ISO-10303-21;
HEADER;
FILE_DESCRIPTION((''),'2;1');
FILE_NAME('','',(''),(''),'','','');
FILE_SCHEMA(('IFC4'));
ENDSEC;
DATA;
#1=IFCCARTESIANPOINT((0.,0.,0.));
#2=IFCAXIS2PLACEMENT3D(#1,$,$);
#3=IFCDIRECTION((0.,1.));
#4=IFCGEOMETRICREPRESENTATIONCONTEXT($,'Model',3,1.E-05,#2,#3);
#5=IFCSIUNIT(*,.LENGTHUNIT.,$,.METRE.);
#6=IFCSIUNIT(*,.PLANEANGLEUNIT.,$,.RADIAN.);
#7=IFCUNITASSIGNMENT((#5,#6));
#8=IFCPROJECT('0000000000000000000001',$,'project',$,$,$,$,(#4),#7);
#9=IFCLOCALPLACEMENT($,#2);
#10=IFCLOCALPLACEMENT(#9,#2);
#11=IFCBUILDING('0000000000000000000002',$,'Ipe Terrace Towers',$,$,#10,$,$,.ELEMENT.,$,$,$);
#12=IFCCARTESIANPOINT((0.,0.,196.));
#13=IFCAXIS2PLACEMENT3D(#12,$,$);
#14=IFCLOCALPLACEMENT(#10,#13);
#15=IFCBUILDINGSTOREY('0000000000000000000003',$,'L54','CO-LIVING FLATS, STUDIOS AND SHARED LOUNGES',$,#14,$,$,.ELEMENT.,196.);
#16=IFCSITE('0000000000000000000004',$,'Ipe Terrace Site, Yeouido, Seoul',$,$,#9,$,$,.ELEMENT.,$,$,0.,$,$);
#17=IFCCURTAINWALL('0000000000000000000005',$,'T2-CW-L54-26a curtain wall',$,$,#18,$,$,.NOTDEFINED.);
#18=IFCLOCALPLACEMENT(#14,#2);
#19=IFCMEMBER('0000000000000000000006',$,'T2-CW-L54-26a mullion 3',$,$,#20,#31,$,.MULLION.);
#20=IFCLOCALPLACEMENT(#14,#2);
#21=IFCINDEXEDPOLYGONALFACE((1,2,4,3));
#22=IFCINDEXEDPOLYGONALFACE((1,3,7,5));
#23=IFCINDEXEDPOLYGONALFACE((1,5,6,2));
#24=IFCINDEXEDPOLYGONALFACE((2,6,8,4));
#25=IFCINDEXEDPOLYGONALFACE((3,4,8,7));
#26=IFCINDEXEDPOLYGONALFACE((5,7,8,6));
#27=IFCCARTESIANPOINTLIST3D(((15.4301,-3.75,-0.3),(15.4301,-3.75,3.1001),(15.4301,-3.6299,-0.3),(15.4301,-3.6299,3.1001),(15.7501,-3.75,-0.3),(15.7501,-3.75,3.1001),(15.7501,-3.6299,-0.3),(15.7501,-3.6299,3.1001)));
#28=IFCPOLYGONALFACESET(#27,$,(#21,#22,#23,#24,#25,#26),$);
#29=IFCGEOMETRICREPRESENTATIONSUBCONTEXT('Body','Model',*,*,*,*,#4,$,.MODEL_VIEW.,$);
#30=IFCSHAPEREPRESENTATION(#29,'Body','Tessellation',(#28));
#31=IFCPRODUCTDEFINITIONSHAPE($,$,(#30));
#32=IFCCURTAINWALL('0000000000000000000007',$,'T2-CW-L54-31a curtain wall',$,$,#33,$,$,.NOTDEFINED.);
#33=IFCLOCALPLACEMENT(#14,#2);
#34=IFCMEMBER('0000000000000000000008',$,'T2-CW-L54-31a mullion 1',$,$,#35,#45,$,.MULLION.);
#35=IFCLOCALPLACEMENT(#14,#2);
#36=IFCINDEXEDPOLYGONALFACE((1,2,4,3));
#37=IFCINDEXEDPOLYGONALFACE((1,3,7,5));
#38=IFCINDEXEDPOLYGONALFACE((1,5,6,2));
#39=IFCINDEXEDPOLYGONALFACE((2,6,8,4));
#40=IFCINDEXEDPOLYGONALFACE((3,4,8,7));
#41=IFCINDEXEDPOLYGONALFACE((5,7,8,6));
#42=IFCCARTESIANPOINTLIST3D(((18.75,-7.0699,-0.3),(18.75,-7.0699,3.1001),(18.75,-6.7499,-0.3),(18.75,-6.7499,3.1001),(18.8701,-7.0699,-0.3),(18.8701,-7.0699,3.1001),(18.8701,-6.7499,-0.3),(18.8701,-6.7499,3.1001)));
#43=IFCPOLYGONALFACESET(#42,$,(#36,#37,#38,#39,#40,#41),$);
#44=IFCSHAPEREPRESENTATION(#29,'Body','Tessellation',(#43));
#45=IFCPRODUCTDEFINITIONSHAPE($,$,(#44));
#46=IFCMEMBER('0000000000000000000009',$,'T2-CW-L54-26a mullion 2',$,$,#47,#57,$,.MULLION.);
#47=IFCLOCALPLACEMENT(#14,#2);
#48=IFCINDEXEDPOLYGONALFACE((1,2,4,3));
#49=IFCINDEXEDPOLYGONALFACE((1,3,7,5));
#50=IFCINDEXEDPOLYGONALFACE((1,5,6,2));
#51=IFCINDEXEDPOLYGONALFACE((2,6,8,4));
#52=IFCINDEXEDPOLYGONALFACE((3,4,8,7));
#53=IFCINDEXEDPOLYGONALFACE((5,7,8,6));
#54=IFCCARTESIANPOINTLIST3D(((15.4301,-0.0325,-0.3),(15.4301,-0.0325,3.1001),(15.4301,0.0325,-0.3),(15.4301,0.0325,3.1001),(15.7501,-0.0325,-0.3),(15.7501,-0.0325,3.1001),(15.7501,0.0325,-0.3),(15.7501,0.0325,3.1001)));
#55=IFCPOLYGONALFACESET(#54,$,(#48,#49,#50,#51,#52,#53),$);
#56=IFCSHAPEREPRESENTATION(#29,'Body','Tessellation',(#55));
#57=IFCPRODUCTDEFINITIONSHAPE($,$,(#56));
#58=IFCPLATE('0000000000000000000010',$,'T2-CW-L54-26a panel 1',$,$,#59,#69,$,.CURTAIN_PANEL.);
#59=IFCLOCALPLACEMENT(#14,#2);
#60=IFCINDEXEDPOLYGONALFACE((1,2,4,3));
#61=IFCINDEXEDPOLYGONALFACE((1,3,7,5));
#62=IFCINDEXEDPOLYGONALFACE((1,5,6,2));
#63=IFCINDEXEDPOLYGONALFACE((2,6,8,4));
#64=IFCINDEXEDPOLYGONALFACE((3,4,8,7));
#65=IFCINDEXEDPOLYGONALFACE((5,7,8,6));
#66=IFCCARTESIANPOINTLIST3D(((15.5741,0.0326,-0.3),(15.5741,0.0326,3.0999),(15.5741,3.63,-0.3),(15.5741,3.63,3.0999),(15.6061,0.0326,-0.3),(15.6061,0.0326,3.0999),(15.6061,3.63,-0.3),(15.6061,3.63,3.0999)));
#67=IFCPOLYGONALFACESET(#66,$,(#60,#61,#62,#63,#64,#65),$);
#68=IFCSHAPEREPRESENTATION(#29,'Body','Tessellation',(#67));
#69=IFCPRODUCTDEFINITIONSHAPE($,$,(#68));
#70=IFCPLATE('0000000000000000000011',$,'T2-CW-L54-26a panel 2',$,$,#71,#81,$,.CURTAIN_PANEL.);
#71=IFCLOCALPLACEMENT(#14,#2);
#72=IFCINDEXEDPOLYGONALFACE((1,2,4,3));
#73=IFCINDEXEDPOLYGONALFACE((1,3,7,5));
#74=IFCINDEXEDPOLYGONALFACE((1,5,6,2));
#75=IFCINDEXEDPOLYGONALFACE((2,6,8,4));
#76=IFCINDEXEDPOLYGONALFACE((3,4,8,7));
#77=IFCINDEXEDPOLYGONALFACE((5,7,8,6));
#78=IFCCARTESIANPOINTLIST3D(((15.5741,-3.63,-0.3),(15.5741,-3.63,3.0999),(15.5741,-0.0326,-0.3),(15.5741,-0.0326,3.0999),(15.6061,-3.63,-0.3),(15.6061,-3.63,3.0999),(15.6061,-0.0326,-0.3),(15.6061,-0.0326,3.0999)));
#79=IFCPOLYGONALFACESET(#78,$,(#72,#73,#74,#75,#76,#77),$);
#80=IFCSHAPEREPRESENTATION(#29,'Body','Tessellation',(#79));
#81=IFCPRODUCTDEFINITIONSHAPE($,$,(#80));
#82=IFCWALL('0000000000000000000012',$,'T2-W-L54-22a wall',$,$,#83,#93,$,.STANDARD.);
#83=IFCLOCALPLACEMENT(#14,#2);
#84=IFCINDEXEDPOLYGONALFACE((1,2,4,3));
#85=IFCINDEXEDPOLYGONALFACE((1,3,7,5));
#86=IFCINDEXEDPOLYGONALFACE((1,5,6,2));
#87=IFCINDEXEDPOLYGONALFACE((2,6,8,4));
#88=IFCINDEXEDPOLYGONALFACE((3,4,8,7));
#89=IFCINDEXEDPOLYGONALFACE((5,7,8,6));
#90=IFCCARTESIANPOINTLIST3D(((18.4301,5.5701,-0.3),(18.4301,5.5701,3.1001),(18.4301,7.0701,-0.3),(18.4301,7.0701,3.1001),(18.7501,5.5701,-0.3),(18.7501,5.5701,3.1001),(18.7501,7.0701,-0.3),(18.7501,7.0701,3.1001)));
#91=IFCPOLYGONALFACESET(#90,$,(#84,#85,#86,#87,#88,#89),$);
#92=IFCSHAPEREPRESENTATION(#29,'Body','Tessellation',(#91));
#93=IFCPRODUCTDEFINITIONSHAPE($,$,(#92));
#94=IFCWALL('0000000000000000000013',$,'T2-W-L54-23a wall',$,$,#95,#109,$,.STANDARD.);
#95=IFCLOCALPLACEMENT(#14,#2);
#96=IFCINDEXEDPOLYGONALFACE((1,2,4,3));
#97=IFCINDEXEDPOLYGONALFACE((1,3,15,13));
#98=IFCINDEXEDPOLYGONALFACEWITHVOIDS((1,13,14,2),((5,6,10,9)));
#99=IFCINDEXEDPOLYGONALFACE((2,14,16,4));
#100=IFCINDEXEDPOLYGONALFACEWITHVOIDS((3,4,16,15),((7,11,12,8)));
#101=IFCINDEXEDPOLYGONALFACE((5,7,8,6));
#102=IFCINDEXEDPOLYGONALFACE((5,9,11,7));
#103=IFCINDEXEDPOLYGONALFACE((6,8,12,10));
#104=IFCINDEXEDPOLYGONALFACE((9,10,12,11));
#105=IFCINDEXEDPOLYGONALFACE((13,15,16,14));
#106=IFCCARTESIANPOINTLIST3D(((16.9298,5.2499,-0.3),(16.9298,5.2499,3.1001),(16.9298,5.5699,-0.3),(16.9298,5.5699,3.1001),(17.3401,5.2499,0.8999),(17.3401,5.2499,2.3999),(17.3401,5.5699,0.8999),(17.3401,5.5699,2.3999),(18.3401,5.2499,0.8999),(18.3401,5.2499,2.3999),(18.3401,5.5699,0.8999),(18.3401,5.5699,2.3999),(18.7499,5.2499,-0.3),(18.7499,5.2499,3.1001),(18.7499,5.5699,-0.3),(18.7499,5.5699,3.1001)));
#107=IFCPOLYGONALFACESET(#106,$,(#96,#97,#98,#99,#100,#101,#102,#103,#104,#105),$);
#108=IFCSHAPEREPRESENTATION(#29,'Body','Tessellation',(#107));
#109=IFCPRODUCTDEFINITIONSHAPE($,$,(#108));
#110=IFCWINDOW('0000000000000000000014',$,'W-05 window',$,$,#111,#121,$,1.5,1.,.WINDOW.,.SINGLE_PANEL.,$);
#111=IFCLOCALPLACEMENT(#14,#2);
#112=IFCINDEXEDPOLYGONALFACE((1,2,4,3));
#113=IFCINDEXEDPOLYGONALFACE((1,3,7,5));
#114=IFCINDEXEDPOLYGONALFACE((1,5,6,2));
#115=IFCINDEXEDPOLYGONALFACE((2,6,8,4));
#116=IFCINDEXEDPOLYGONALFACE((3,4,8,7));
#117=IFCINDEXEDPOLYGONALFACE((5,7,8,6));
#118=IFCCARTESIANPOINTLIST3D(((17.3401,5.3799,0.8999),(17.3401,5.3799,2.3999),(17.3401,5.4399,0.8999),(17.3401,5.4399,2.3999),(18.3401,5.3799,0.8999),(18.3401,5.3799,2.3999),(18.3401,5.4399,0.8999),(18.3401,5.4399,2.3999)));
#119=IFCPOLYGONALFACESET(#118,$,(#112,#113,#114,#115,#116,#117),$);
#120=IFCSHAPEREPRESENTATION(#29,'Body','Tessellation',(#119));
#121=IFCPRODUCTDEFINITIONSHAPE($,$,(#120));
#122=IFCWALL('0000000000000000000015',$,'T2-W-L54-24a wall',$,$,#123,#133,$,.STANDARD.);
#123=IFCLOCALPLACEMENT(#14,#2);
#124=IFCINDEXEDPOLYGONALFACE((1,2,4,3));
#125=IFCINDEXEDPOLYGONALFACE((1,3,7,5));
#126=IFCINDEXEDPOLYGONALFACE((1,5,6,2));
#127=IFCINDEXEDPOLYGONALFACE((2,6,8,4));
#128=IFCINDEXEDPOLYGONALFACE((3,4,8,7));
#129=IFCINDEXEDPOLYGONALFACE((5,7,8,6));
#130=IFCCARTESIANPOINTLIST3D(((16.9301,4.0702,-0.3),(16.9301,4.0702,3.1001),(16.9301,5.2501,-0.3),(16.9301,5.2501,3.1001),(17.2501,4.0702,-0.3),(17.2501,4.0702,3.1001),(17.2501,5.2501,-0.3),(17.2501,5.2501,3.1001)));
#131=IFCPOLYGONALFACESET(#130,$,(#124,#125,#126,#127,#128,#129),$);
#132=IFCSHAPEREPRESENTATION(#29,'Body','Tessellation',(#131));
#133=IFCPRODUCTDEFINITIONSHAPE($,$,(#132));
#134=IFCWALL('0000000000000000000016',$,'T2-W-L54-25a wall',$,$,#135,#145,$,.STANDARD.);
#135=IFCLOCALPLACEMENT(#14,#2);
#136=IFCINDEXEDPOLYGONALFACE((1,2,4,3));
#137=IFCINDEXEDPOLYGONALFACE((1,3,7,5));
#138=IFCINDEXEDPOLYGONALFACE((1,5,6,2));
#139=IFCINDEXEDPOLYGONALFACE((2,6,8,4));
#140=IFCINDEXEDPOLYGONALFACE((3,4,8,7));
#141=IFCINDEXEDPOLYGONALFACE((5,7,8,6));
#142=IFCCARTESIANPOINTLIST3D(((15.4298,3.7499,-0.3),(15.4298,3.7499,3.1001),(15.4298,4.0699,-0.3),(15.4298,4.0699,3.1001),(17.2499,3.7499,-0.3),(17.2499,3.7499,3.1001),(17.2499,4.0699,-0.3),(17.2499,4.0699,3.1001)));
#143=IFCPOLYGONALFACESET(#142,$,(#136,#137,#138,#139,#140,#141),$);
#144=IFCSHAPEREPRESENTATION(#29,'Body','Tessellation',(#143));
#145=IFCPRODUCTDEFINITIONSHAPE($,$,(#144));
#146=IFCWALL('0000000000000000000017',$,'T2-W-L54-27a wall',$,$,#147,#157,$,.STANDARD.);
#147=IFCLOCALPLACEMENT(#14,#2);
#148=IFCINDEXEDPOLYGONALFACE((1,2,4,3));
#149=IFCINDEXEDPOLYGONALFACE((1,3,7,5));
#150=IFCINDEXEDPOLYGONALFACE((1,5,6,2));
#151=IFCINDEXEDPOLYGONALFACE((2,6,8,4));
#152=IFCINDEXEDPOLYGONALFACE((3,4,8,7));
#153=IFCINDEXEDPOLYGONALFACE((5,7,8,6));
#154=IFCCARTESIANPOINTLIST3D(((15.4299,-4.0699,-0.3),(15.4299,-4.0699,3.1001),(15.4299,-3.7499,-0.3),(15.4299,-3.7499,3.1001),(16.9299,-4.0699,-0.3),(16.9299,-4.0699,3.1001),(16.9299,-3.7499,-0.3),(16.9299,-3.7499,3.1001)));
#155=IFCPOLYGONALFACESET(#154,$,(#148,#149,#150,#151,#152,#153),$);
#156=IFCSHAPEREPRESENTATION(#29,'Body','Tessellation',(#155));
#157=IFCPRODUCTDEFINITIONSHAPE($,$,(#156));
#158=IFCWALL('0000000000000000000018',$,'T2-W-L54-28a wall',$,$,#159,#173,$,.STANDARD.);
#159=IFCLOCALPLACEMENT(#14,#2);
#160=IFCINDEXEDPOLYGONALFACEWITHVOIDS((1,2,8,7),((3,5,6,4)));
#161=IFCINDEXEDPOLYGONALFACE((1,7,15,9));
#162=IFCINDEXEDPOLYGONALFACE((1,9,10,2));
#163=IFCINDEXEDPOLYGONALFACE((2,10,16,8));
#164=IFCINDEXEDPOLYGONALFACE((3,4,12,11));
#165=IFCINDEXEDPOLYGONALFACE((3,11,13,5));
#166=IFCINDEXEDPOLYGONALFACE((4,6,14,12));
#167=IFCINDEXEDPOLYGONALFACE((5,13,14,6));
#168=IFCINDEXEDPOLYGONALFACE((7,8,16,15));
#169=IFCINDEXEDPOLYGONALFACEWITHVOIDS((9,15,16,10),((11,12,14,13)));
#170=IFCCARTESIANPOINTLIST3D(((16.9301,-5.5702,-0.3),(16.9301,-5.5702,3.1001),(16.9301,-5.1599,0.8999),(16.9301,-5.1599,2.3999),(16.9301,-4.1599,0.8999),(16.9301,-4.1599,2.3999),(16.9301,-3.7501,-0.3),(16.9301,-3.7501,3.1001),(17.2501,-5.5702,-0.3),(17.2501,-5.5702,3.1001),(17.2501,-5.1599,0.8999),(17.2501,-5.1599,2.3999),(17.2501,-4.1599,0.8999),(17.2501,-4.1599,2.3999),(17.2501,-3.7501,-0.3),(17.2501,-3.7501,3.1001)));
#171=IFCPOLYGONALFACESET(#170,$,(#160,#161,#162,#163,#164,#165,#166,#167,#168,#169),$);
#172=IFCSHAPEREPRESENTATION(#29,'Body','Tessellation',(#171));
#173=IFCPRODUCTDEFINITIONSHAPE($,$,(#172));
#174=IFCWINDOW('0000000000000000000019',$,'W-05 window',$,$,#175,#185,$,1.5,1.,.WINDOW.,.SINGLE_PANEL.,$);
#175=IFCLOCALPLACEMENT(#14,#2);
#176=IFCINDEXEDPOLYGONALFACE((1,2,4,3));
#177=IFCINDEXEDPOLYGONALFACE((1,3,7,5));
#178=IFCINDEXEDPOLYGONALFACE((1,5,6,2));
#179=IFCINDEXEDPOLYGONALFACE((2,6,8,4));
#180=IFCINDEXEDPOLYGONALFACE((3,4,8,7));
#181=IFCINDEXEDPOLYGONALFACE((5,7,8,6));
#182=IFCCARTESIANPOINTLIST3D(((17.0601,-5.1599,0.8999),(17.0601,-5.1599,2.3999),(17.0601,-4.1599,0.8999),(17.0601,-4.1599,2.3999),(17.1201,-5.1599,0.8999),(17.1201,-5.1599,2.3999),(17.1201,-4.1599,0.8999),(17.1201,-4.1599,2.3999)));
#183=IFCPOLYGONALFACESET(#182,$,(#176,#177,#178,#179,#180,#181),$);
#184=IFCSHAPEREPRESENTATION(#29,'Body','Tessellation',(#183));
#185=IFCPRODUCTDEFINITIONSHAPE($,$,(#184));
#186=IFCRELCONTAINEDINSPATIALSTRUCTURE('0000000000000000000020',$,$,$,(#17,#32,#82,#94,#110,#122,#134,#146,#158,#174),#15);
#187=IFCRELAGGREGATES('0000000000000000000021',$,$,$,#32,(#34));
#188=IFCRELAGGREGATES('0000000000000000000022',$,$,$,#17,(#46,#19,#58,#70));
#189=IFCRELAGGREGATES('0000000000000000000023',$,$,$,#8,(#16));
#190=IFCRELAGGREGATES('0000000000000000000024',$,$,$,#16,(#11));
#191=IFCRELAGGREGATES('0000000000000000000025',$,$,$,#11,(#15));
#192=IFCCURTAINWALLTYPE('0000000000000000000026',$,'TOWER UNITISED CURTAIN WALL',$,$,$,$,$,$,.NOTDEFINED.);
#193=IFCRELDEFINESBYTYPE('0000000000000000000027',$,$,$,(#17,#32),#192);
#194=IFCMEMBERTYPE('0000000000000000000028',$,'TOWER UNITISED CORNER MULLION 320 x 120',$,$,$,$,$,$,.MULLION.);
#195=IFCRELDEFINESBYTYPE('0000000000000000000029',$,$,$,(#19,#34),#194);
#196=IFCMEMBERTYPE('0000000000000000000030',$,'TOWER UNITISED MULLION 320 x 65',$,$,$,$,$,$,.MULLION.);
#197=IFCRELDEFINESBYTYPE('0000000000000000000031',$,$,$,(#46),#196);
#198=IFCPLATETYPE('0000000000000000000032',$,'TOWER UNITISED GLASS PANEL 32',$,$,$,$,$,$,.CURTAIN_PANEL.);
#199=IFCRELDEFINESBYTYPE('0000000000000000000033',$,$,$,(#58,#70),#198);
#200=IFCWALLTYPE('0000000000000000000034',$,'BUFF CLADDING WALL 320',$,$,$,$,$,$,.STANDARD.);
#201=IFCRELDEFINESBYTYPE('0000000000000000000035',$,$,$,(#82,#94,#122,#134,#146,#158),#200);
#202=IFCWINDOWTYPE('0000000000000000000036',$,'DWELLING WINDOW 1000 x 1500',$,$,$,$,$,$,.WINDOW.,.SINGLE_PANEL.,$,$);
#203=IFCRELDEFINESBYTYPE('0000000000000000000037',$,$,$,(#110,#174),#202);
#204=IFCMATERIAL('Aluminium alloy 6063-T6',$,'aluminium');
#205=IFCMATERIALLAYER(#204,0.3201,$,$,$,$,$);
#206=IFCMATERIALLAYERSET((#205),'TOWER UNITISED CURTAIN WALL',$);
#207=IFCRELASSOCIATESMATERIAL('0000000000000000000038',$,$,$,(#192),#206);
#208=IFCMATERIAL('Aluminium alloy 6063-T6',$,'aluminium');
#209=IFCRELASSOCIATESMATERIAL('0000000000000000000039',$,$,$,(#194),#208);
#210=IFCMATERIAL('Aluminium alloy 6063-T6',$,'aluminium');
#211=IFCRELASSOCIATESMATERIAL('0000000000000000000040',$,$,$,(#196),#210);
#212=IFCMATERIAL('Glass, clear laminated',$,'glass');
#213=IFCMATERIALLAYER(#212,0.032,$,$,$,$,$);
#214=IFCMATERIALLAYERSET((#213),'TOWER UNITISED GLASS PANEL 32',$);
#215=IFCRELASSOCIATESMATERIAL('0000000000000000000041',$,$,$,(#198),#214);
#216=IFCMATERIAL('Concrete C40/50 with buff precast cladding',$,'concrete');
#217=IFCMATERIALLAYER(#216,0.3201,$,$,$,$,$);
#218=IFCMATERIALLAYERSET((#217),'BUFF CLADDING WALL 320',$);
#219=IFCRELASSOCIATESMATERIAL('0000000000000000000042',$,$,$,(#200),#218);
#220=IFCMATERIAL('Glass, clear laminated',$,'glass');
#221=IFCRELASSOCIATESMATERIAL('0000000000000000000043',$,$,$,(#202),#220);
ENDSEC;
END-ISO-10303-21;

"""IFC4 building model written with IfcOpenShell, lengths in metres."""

from ifc_helpers import new_model, si_unit, direction, frame, frame_2d, origin, origin_2d, place, context, subcontext, project, spatial, rectangle, extrude, material, layer, layer_set, material_profile, profile_set, type_object, element, fill, aggregate, save


model = new_model("IFC4")

# Units and contexts
model_context = context("Model", 3, precision=1e-05, world=origin(), true_north=direction((0.0, 1.0)))
body_context = subcontext(model_context, "Body", "Model", "MODEL_VIEW")
ifc_project = project(units=[si_unit("LENGTHUNIT", "METRE"), si_unit("PLANEANGLEUNIT", "RADIAN")], contexts=[model_context])

# Site, building, storey
site_placement = place(None, origin())
site = spatial("IfcSite", under=ifc_project, at=site_placement, Name="Ipe Terrace Site, Yeouido, Seoul", CompositionType="ELEMENT", RefElevation=0.0)
building_placement = place(site_placement, origin())
building = spatial("IfcBuilding", under=site, at=building_placement, Name="Ipe Terrace Towers", CompositionType="ELEMENT")
storey_placement = place(building_placement, frame((0.0, 0.0, 196.0)))
storey = spatial("IfcBuildingStorey", under=building, at=storey_placement, Name="L54", Description="CO-LIVING FLATS, STUDIOS AND SHARED LOUNGES", CompositionType="ELEMENT", Elevation=196.0)

# Shared definitions
ifc_material_1 = material(Name="Aluminium alloy 6063-T6", Category="aluminium")
ifc_layer_1 = layer(ifc_material_1, 0.3201)
ifc_layer_set_1 = layer_set([ifc_layer_1], Name="TOWER UNITISED CURTAIN WALL")
curtain_wall_type = type_object("IfcCurtainWallType", Name="TOWER UNITISED CURTAIN WALL", PredefinedType="NOTDEFINED", material=ifc_layer_set_1)
ifc_material_2 = material(Name="Aluminium alloy 6063-T6", Category="aluminium")
ifc_material_profile_1 = material_profile(ifc_material_2, rectangle(XDim=0.3201, YDim=0.1201, at=origin_2d()), Name="TOWER UNITISED CORNER MULLION 320 x 120")
ifc_profile_set_1 = profile_set([ifc_material_profile_1], Name="Aluminium alloy 6063-T6")
member_type_1 = type_object("IfcMemberType", Name="TOWER UNITISED CORNER MULLION 320 x 120", PredefinedType="MULLION", material=ifc_profile_set_1)

# Curtain wall, member
curtain_wall_1_placement = place(storey_placement, origin())
curtain_wall_1 = element("IfcCurtainWall", 1, at=curtain_wall_1_placement, inside=storey, type_object=curtain_wall_type, Name="T2-CW-L54-26a curtain wall", PredefinedType="NOTDEFINED")
member_1_placement = place(storey_placement, frame((15.5901, -3.6899, -0.3), z_axis=(0.0, 0.0, 1.0), x_axis=(-1.0, 0.0, 0.0)))
member_1 = element("IfcMember", 2, at=member_1_placement, type_object=member_type_1, Name="T2-CW-L54-26a mullion 3", PredefinedType="MULLION", context=body_context, shape_type="SweptSolid", body=[
    extrude(rectangle(XDim=0.3201, YDim=0.1201, at=origin_2d()), origin(), (0.0, 0.0, 1.0), 3.4001),
])

# Curtain wall, member
curtain_wall_2_placement = place(storey_placement, origin())
curtain_wall_2 = element("IfcCurtainWall", 3, at=curtain_wall_2_placement, inside=storey, type_object=curtain_wall_type, Name="T2-CW-L54-31a curtain wall", PredefinedType="NOTDEFINED")
member_2_placement = place(storey_placement, frame((18.8101, -6.9099, -0.3), z_axis=(0.0, 0.0, 1.0), x_axis=(0.0, -1.0, 0.0)))
member_2 = element("IfcMember", 4, at=member_2_placement, type_object=member_type_1, Name="T2-CW-L54-31a mullion 1", PredefinedType="MULLION", context=body_context, shape_type="SweptSolid", body=[
    extrude(rectangle(XDim=0.3201, YDim=0.1201, at=origin_2d()), origin(), (0.0, 0.0, 1.0), 3.4001),
])
aggregate(curtain_wall_2, [member_2])

# Member
ifc_material_3 = material(Name="Aluminium alloy 6063-T6", Category="aluminium")
ifc_material_profile_2 = material_profile(ifc_material_3, rectangle(XDim=0.3201, YDim=0.0649, at=origin_2d()), Name="TOWER UNITISED MULLION 320 x 65")
ifc_profile_set_2 = profile_set([ifc_material_profile_2], Name="Aluminium alloy 6063-T6")
member_type_2 = type_object("IfcMemberType", Name="TOWER UNITISED MULLION 320 x 65", PredefinedType="MULLION", material=ifc_profile_set_2)
member_3_placement = place(storey_placement, frame((15.5901, 0.0, -0.3), z_axis=(0.0, 0.0, 1.0), x_axis=(-1.0, 0.0, 0.0)))
member_3 = element("IfcMember", 5, at=member_3_placement, type_object=member_type_2, Name="T2-CW-L54-26a mullion 2", PredefinedType="MULLION", context=body_context, shape_type="SweptSolid", body=[
    extrude(rectangle(XDim=0.3201, YDim=0.0649, at=origin_2d()), origin(), (0.0, 0.0, 1.0), 3.4001),
])

# Plates
ifc_material_4 = material(Name="Glass, clear laminated", Category="glass")
ifc_layer_2 = layer(ifc_material_4, 0.032)
ifc_layer_set_2 = layer_set([ifc_layer_2], Name="TOWER UNITISED GLASS PANEL 32")
plate_type = type_object("IfcPlateType", Name="TOWER UNITISED GLASS PANEL 32", PredefinedType="CURTAIN_PANEL", material=ifc_layer_set_2)
plate_1_placement = place(storey_placement, frame((15.5901, 1.8313, -0.3), z_axis=(0.0, 0.0, 1.0), x_axis=(0.0, -1.0, 0.0)))
plate_1 = element("IfcPlate", 6, at=plate_1_placement, type_object=plate_type, Name="T2-CW-L54-26a panel 1", PredefinedType="CURTAIN_PANEL", context=body_context, shape_type="SweptSolid", body=[
    extrude(rectangle(XDim=3.5974, YDim=0.032, at=origin_2d()), origin(), (0.0, 0.0, 1.0), 3.3999),
])
plate_2_placement = place(storey_placement, frame((15.5901, -1.8313, -0.3), z_axis=(0.0, 0.0, 1.0), x_axis=(0.0, -1.0, 0.0)))
plate_2 = element("IfcPlate", 7, at=plate_2_placement, type_object=plate_type, Name="T2-CW-L54-26a panel 2", PredefinedType="CURTAIN_PANEL", context=body_context, shape_type="SweptSolid", body=[
    extrude(rectangle(XDim=3.5974, YDim=0.032, at=origin_2d()), origin(), (0.0, 0.0, 1.0), 3.3999),
])
aggregate(curtain_wall_1, [member_3, member_1, plate_1, plate_2])

# Wall
ifc_material_5 = material(Name="Concrete C40/50 with buff precast cladding", Category="concrete")
ifc_layer_3 = layer(ifc_material_5, 0.3201)
ifc_layer_set_3 = layer_set([ifc_layer_3], Name="BUFF CLADDING WALL 320")
wall_type = type_object("IfcWallType", Name="BUFF CLADDING WALL 320", PredefinedType="STANDARD", material=ifc_layer_set_3)
wall_1_placement = place(storey_placement, frame((18.5901, 7.0701, -0.3), z_axis=(0.0, 0.0, 1.0), x_axis=(0.0, -1.0, 0.0)))
element("IfcWall", 8, at=wall_1_placement, inside=storey, type_object=wall_type, Name="T2-W-L54-22a wall", PredefinedType="STANDARD", context=body_context, shape_type="SweptSolid", body=[
    extrude(rectangle(XDim=1.5, YDim=0.3201, at=frame_2d((0.75, 0.0))), origin(), (0.0, 0.0, 1.0), 3.4001),
])

# Wall, opening, window
wall_2_placement = place(storey_placement, frame((18.75, 5.4099, -0.3), z_axis=(0.0, 0.0, 1.0), x_axis=(-1.0, 0.0, 0.0)))
wall_2 = element("IfcWall", 9, at=wall_2_placement, inside=storey, type_object=wall_type, Name="T2-W-L54-23a wall", PredefinedType="STANDARD", context=body_context, shape_type="SweptSolid", body=[
    extrude(rectangle(XDim=1.8201, YDim=0.3201, at=frame_2d((0.9102, 0.0))), origin(), (0.0, 0.0, 1.0), 3.4001),
])
opening_1_placement = place(wall_2_placement, frame((0.4099, 0.0, 1.2)))
opening_1 = element("IfcOpeningElement", 10, at=opening_1_placement, cuts=wall_2, PredefinedType="OPENING", context=body_context, shape_type="SweptSolid", body=[
    extrude(rectangle(XDim=1.0, YDim=1.5, at=frame_2d((0.5, 0.75))), frame((0.0, 0.1699, 0.0), z_axis=(0.0, -1.0, 0.0), x_axis=(1.0, 0.0, 0.0)), (0.0, 0.0, 1.0), 0.3401),
])
ifc_material_6 = material(Name="Glass, clear laminated", Category="glass")
window_type = type_object("IfcWindowType", Name="DWELLING WINDOW 1000 x 1500", PartitioningType="SINGLE_PANEL", PredefinedType="WINDOW", material=ifc_material_6)
window_1_placement = place(opening_1_placement, origin())
window_1 = element("IfcWindow", 11, at=window_1_placement, inside=storey, type_object=window_type, Name="W-05 window", OverallHeight=1.5, OverallWidth=1.0, PartitioningType="SINGLE_PANEL", PredefinedType="WINDOW", context=body_context, shape_type="SweptSolid", body=[
    extrude(rectangle(XDim=1.0, YDim=1.5, at=frame_2d((0.5, 0.75))), frame((0.0, 0.03, 0.0), z_axis=(0.0, -1.0, 0.0), x_axis=(1.0, 0.0, 0.0)), (0.0, 0.0, 1.0), 0.0601),
])
fill(opening_1, window_1)

# Walls
wall_3_placement = place(storey_placement, frame((17.0901, 5.25, -0.3), z_axis=(0.0, 0.0, 1.0), x_axis=(0.0, -1.0, 0.0)))
element("IfcWall", 12, at=wall_3_placement, inside=storey, type_object=wall_type, Name="T2-W-L54-24a wall", PredefinedType="STANDARD", context=body_context, shape_type="SweptSolid", body=[
    extrude(rectangle(XDim=1.1799, YDim=0.3201, at=frame_2d((0.5898, 0.0))), origin(), (0.0, 0.0, 1.0), 3.4001),
])
wall_4_placement = place(storey_placement, frame((17.25, 3.9099, -0.3), z_axis=(0.0, 0.0, 1.0), x_axis=(-1.0, 0.0, 0.0)))
element("IfcWall", 13, at=wall_4_placement, inside=storey, type_object=wall_type, Name="T2-W-L54-25a wall", PredefinedType="STANDARD", context=body_context, shape_type="SweptSolid", body=[
    extrude(rectangle(XDim=1.8201, YDim=0.3201, at=frame_2d((0.9102, 0.0))), origin(), (0.0, 0.0, 1.0), 3.4001),
])
wall_5_placement = place(storey_placement, frame((15.4299, -3.9099, -0.3), z_axis=(0.0, 0.0, 1.0), x_axis=(1.0, 0.0, 0.0)))
element("IfcWall", 14, at=wall_5_placement, inside=storey, type_object=wall_type, Name="T2-W-L54-27a wall", PredefinedType="STANDARD", context=body_context, shape_type="SweptSolid", body=[
    extrude(rectangle(XDim=1.5, YDim=0.3201, at=frame_2d((0.75, 0.0))), origin(), (0.0, 0.0, 1.0), 3.4001),
])

# Wall, opening, window
wall_6_placement = place(storey_placement, frame((17.0901, -3.75, -0.3), z_axis=(0.0, 0.0, 1.0), x_axis=(0.0, -1.0, 0.0)))
wall_6 = element("IfcWall", 15, at=wall_6_placement, inside=storey, type_object=wall_type, Name="T2-W-L54-28a wall", PredefinedType="STANDARD", context=body_context, shape_type="SweptSolid", body=[
    extrude(rectangle(XDim=1.8201, YDim=0.3201, at=frame_2d((0.9102, 0.0))), origin(), (0.0, 0.0, 1.0), 3.4001),
])
opening_2_placement = place(wall_6_placement, frame((0.4099, 0.0, 1.2)))
opening_2 = element("IfcOpeningElement", 16, at=opening_2_placement, cuts=wall_6, PredefinedType="OPENING", context=body_context, shape_type="SweptSolid", body=[
    extrude(rectangle(XDim=1.0, YDim=1.5, at=frame_2d((0.5, 0.75))), frame((0.0, 0.1699, 0.0), z_axis=(0.0, -1.0, 0.0), x_axis=(1.0, 0.0, 0.0)), (0.0, 0.0, 1.0), 0.3401),
])
window_2_placement = place(opening_2_placement, origin())
window_2 = element("IfcWindow", 17, at=window_2_placement, inside=storey, type_object=window_type, Name="W-05 window", OverallHeight=1.5, OverallWidth=1.0, PartitioningType="SINGLE_PANEL", PredefinedType="WINDOW", context=body_context, shape_type="SweptSolid", body=[
    extrude(rectangle(XDim=1.0, YDim=1.5, at=frame_2d((0.5, 0.75))), frame((0.0, 0.03, 0.0), z_axis=(0.0, -1.0, 0.0), x_axis=(1.0, 0.0, 0.0)), (0.0, 0.0, 1.0), 0.0601),
])
fill(opening_2, window_2)

save(model, "model.ifc")
